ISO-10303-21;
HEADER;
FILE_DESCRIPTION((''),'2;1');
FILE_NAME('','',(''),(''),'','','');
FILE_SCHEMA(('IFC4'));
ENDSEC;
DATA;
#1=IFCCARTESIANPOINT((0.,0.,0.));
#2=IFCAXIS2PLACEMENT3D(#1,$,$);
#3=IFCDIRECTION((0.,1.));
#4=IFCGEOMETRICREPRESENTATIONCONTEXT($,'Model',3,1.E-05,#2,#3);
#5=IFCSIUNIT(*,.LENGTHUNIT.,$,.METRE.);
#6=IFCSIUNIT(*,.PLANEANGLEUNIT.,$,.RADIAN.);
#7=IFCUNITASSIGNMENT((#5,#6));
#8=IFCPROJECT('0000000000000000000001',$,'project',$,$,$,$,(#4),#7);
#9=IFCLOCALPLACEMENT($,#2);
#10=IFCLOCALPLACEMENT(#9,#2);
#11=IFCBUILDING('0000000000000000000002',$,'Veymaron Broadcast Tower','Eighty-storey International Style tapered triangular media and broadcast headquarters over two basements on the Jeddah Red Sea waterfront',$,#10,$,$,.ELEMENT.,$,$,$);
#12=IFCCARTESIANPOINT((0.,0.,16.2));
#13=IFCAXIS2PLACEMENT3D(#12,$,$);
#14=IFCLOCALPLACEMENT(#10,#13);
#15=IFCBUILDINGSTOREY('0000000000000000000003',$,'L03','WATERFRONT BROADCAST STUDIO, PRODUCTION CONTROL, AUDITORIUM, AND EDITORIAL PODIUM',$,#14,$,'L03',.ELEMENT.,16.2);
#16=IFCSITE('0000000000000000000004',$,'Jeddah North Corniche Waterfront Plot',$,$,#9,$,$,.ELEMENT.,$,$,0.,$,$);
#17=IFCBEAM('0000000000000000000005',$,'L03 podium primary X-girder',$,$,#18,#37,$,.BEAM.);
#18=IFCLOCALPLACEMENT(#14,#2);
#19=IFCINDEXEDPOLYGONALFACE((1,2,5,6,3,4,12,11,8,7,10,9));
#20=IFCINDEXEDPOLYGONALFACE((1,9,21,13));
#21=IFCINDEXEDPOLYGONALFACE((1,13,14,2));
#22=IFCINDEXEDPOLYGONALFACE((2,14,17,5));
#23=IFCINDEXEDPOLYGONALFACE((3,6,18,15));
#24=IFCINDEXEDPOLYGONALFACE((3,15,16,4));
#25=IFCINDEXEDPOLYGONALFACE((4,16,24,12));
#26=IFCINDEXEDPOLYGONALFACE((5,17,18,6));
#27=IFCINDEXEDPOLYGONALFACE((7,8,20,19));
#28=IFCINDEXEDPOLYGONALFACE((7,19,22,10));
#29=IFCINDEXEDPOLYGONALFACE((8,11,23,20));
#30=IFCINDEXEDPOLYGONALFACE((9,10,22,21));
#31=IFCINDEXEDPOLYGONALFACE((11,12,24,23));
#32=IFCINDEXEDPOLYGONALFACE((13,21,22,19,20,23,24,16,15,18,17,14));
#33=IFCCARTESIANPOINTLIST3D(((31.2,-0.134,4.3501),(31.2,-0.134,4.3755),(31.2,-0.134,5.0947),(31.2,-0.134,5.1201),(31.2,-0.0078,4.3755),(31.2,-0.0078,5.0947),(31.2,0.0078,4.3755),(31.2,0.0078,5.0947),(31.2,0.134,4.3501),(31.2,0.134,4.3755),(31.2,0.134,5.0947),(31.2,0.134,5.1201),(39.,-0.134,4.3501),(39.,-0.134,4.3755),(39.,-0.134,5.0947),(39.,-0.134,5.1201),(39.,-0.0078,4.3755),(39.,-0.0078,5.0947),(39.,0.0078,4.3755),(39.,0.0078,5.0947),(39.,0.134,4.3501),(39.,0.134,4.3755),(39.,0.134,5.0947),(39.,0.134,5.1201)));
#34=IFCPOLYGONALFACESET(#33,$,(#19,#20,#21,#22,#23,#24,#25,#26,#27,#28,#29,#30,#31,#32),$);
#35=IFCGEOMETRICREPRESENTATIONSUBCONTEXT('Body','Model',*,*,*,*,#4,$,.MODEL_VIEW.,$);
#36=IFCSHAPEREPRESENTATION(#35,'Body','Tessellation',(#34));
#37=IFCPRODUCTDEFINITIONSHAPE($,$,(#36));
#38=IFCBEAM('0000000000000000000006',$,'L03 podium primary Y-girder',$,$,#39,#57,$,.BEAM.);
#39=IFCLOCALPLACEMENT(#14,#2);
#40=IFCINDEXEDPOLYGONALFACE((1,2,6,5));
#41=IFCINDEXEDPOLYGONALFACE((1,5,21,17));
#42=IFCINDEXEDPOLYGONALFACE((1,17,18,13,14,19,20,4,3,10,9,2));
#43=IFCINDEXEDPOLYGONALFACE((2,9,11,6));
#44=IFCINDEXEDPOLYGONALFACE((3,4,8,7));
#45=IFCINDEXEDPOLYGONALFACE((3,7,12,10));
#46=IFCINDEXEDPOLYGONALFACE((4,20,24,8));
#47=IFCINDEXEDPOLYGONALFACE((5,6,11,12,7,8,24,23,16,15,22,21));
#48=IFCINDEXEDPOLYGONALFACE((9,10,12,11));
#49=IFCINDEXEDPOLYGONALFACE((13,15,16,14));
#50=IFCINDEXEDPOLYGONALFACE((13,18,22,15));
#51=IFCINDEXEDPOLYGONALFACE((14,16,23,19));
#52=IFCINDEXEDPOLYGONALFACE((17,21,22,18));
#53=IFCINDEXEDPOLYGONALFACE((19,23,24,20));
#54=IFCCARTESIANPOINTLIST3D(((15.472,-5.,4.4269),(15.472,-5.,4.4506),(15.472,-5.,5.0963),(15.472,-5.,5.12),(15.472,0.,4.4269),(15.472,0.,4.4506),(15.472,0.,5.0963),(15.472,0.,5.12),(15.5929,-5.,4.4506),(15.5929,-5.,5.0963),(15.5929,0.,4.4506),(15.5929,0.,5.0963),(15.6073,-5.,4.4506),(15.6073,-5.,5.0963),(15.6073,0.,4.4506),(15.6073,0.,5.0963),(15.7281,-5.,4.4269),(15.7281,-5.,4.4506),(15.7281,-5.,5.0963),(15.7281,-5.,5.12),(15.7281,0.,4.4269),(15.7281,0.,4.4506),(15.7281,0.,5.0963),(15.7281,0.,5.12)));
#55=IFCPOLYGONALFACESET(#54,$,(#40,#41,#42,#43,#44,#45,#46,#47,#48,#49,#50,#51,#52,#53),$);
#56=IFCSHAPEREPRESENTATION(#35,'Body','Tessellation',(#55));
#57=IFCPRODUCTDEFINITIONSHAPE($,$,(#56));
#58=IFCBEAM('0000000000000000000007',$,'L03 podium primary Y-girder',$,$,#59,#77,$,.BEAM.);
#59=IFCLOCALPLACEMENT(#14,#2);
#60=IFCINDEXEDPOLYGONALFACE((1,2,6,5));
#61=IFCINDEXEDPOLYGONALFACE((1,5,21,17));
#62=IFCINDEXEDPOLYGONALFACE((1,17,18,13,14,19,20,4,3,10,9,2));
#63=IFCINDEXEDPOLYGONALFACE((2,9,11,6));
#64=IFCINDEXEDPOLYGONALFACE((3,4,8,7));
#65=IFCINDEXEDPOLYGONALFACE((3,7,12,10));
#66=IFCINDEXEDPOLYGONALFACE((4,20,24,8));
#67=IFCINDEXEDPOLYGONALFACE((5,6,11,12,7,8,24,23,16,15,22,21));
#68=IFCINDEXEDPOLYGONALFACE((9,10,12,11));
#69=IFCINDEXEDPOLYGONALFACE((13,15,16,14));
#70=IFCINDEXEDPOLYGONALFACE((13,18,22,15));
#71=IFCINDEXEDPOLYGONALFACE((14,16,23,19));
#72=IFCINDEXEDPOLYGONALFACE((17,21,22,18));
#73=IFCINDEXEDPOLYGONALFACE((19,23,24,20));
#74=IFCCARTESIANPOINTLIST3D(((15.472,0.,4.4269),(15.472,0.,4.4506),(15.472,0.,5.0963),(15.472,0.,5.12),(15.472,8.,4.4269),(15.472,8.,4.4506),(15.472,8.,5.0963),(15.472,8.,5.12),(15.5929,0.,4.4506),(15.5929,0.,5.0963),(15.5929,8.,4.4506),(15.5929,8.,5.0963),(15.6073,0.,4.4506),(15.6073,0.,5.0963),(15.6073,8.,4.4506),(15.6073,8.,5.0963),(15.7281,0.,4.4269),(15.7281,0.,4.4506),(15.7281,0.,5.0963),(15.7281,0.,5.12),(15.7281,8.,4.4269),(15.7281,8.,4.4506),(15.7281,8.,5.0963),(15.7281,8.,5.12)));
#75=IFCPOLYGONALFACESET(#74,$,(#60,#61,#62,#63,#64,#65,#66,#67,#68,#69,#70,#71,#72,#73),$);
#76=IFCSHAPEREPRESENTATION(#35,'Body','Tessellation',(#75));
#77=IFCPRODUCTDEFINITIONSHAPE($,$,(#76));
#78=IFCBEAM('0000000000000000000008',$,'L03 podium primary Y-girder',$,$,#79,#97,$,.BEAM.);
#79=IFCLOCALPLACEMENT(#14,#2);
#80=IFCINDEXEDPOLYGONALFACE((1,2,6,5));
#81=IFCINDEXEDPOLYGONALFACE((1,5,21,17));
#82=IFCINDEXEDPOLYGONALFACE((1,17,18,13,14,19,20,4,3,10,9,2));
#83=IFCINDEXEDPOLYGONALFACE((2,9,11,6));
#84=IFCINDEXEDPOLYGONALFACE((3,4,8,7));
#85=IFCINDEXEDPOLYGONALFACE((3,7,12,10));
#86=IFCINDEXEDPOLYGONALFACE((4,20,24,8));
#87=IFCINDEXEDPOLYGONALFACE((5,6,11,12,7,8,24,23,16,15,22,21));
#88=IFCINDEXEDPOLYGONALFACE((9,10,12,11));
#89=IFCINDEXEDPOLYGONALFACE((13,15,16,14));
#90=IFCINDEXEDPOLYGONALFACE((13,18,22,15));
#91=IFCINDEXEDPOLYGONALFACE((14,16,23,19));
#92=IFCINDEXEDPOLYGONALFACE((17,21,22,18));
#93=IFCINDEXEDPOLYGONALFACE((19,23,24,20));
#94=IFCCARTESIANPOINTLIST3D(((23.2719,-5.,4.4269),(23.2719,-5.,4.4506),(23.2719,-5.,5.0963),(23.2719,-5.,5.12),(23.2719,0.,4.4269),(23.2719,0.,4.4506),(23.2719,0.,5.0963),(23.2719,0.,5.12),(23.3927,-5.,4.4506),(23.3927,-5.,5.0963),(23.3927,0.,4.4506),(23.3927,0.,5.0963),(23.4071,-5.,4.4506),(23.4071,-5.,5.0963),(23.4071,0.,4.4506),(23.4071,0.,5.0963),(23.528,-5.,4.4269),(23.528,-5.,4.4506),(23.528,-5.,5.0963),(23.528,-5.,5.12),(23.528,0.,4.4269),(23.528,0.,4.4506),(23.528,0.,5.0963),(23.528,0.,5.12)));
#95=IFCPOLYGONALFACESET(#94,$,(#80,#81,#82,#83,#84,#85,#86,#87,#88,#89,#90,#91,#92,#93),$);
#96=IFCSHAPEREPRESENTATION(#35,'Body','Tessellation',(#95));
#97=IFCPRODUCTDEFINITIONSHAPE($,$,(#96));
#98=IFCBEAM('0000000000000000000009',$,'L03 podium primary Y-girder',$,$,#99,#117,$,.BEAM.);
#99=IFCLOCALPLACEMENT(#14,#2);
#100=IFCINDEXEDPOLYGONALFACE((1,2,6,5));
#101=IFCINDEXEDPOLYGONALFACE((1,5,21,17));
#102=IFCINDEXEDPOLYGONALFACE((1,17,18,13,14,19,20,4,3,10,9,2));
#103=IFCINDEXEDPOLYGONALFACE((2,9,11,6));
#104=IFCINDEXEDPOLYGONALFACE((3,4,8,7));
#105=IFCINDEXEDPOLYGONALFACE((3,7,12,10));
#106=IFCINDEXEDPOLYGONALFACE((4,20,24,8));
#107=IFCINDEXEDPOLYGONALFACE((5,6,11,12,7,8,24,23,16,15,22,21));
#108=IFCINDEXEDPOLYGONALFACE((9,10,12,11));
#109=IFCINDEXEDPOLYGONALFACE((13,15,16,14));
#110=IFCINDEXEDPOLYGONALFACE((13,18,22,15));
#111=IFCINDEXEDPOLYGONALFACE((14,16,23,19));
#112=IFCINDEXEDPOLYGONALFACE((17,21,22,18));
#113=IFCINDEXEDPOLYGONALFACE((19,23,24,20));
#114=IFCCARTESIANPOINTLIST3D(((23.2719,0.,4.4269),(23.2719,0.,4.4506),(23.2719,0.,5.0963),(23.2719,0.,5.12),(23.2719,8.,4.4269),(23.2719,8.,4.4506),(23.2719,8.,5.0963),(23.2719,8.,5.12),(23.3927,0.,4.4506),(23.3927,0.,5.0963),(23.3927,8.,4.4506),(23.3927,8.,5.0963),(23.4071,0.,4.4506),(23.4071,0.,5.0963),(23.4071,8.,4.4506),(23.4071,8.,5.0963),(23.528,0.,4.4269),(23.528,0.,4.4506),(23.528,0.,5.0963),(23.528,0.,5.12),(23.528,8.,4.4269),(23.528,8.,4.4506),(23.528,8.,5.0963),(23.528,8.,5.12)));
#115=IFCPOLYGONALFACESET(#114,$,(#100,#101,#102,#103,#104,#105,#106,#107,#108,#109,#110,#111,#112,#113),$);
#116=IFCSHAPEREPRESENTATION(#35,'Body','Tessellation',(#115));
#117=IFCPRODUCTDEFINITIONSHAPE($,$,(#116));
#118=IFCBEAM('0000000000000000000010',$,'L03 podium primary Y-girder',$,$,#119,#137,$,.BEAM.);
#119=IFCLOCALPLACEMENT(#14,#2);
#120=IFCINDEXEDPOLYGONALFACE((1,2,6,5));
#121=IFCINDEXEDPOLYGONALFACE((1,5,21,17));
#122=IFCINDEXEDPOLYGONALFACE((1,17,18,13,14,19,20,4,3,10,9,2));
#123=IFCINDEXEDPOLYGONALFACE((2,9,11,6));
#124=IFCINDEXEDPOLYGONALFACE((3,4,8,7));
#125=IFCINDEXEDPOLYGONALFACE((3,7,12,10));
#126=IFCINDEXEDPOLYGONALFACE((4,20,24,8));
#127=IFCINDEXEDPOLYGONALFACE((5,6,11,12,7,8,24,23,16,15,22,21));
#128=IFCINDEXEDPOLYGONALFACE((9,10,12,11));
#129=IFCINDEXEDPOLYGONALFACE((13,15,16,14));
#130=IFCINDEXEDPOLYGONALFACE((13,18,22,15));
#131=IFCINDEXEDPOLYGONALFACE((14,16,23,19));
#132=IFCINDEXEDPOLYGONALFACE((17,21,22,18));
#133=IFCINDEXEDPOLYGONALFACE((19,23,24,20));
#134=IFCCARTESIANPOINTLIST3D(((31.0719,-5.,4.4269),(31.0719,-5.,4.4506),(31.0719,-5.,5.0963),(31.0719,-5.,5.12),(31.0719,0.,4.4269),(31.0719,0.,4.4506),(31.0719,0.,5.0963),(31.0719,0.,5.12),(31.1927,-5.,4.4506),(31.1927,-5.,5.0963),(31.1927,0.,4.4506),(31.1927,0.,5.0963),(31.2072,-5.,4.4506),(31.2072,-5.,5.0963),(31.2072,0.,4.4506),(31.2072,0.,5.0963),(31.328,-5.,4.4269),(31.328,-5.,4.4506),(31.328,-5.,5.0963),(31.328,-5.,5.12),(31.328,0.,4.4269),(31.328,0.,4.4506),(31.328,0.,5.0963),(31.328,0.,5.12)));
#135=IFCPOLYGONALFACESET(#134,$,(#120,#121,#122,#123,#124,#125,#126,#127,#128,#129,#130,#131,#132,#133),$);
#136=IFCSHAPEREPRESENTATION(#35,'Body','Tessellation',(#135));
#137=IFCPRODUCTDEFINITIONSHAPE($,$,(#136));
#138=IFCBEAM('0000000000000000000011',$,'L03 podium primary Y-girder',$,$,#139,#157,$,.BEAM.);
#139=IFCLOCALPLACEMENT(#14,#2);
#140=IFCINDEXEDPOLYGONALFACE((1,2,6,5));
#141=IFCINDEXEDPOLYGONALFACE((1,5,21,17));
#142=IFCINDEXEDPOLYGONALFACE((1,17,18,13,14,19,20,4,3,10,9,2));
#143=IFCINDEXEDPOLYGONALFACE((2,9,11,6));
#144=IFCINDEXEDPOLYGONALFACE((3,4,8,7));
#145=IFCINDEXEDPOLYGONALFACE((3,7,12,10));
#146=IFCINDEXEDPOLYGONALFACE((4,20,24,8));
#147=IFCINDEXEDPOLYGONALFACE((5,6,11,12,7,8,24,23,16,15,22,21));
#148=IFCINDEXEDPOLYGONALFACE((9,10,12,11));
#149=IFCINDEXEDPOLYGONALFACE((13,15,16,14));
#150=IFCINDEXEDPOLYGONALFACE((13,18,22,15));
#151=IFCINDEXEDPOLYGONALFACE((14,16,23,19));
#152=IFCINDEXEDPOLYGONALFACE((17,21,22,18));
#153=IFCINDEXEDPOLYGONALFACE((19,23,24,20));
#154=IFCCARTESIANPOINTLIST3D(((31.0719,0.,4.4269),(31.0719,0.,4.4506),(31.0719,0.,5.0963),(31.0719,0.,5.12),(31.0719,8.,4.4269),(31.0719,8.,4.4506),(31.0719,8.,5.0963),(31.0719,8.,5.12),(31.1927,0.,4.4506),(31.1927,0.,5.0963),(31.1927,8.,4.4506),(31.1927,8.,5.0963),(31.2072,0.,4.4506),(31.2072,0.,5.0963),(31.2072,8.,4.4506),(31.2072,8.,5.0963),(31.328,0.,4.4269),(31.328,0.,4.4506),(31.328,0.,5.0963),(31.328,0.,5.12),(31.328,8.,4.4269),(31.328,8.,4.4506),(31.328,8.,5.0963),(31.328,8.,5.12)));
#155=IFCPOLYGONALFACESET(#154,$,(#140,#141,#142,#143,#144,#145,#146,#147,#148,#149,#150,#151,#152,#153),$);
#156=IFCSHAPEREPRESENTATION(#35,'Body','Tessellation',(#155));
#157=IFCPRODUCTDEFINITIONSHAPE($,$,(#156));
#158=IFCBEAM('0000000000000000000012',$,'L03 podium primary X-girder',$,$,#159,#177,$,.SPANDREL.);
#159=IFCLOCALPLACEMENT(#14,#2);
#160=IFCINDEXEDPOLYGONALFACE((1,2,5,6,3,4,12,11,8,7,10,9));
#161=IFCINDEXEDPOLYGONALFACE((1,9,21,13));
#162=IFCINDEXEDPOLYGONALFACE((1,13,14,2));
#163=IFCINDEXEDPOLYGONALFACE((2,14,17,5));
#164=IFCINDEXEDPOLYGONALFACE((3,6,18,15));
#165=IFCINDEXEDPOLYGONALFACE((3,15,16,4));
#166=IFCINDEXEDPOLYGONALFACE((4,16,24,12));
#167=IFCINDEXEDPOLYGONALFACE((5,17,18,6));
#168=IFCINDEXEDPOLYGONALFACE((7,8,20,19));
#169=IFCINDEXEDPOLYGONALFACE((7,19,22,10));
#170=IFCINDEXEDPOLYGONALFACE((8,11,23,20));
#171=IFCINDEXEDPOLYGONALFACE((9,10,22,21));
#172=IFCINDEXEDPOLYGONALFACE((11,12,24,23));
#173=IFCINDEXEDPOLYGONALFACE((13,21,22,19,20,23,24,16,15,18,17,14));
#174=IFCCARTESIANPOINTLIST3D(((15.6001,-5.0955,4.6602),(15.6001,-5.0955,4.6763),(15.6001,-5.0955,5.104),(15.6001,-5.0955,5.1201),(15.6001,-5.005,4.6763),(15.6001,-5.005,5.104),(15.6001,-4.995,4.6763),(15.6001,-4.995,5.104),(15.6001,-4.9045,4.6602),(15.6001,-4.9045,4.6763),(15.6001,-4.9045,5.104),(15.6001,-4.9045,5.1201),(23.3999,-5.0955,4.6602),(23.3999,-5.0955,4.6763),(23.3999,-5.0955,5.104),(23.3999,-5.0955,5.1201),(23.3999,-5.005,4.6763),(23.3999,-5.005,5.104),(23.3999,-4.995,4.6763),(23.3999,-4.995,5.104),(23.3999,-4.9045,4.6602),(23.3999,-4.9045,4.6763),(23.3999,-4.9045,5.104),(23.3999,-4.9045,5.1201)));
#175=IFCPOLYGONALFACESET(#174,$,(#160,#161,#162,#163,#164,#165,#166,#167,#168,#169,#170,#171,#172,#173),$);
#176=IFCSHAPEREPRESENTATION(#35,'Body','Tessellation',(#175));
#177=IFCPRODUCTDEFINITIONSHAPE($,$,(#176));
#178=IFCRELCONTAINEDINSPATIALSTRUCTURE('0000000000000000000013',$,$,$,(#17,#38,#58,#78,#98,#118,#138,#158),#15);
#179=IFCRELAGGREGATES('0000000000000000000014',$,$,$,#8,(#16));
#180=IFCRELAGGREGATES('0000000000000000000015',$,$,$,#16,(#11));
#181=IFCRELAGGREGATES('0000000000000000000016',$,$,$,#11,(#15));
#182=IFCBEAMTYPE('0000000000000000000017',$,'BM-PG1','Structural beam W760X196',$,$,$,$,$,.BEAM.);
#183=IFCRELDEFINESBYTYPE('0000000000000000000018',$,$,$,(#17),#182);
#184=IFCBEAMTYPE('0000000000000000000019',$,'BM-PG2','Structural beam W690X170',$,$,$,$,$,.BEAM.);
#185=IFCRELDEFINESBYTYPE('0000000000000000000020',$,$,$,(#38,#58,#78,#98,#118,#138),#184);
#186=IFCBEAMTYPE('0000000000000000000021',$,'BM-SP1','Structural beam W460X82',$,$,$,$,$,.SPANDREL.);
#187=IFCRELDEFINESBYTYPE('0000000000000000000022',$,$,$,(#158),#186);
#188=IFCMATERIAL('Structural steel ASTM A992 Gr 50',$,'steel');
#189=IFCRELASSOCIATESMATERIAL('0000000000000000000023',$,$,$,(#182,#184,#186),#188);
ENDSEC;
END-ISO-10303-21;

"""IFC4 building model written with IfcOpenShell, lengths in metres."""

from ifc_helpers import new_model, si_unit, direction, frame, origin, origin_2d, place, context, subcontext, project, spatial, i_section, extrude, material, material_profile, profile_set, type_object, element, save


model = new_model("IFC4")

# Units and contexts
model_context = context("Model", 3, precision=1e-05, world=origin(), true_north=direction((0.0, 1.0)))
body_context = subcontext(model_context, "Body", "Model", "MODEL_VIEW")
ifc_project = project(units=[si_unit("LENGTHUNIT", "METRE"), si_unit("PLANEANGLEUNIT", "RADIAN")], contexts=[model_context])

# Site, building, storey
site_placement = place(None, origin())
site = spatial("IfcSite", under=ifc_project, at=site_placement, Name="Jeddah North Corniche Waterfront Plot", CompositionType="ELEMENT", RefElevation=0.0)
building_placement = place(site_placement, origin())
building = spatial("IfcBuilding", under=site, at=building_placement, Name="Veymaron Broadcast Tower", Description="Eighty-storey International Style tapered triangular media and broadcast headquarters over two basements on the Jeddah Red Sea waterfront", CompositionType="ELEMENT")
storey_placement = place(building_placement, frame((0.0, 0.0, 16.2)))
storey = spatial("IfcBuildingStorey", under=building, at=storey_placement, Name="L03", Description="WATERFRONT BROADCAST STUDIO, PRODUCTION CONTROL, AUDITORIUM, AND EDITORIAL PODIUM", LongName="L03", CompositionType="ELEMENT", Elevation=16.2)

# Shared definitions
ifc_material_1 = material(Name="Structural steel ASTM A992 Gr 50", Category="steel")

# Beams
ifc_material_profile_1 = material_profile(ifc_material_1, i_section(OverallWidth=0.2681, OverallDepth=0.77, WebThickness=0.0156, FlangeThickness=0.0254, at=origin_2d()), Name="W760X196")
ifc_profile_set_1 = profile_set([ifc_material_profile_1], Name="Structural steel ASTM A992 Gr 50")
beam_type_1 = type_object("IfcBeamType", Name="BM-PG1", Description="Structural beam W760X196", PredefinedType="BEAM", material=ifc_profile_set_1)
for number, where, z_axis, x_axis, name in (
    (1, (31.2, 0.0, 4.7351), (1.0, 0.0, 0.0), (0.0, 1.0, 0.0), "L03 podium primary X-girder"),
):
    element("IfcBeam", number, at=place(storey_placement, frame(where, z_axis=z_axis, x_axis=x_axis)), inside=storey, type_object=beam_type_1, Name=name, PredefinedType="BEAM", context=body_context, shape_type="SweptSolid", body=[
        extrude(i_section(OverallWidth=0.2681, OverallDepth=0.77, WebThickness=0.0156, FlangeThickness=0.0254, at=origin_2d()), origin(), (0.0, 0.0, 1.0), 7.8),
    ])
ifc_material_profile_2 = material_profile(ifc_material_1, i_section(OverallWidth=0.2561, OverallDepth=0.6931, WebThickness=0.0144, FlangeThickness=0.0237, at=origin_2d()), Name="W690X170")
ifc_profile_set_2 = profile_set([ifc_material_profile_2], Name="Structural steel ASTM A992 Gr 50")
beam_type_2 = type_object("IfcBeamType", Name="BM-PG2", Description="Structural beam W690X170", PredefinedType="BEAM", material=ifc_profile_set_2)
beam_1_placement = place(storey_placement, frame((15.6001, -5.0, 4.7734), z_axis=(0.0, 1.0, 0.0), x_axis=(-1.0, 0.0, 0.0)))
element("IfcBeam", 2, at=beam_1_placement, inside=storey, type_object=beam_type_2, Name="L03 podium primary Y-girder", PredefinedType="BEAM", context=body_context, shape_type="SweptSolid", body=[
    extrude(i_section(OverallWidth=0.2561, OverallDepth=0.6931, WebThickness=0.0144, FlangeThickness=0.0237, at=origin_2d()), origin(), (0.0, 0.0, 1.0), 5.0),
])
beam_2_placement = place(storey_placement, frame((15.6001, 0.0, 4.7734), z_axis=(0.0, 1.0, 0.0), x_axis=(-1.0, 0.0, 0.0)))
element("IfcBeam", 3, at=beam_2_placement, inside=storey, type_object=beam_type_2, Name="L03 podium primary Y-girder", PredefinedType="BEAM", context=body_context, shape_type="SweptSolid", body=[
    extrude(i_section(OverallWidth=0.2561, OverallDepth=0.6931, WebThickness=0.0144, FlangeThickness=0.0237, at=origin_2d()), origin(), (0.0, 0.0, 1.0), 8.0),
])
beam_3_placement = place(storey_placement, frame((23.3999, -5.0, 4.7734), z_axis=(0.0, 1.0, 0.0), x_axis=(-1.0, 0.0, 0.0)))
element("IfcBeam", 4, at=beam_3_placement, inside=storey, type_object=beam_type_2, Name="L03 podium primary Y-girder", PredefinedType="BEAM", context=body_context, shape_type="SweptSolid", body=[
    extrude(i_section(OverallWidth=0.2561, OverallDepth=0.6931, WebThickness=0.0144, FlangeThickness=0.0237, at=origin_2d()), origin(), (0.0, 0.0, 1.0), 5.0),
])
beam_4_placement = place(storey_placement, frame((23.3999, 0.0, 4.7734), z_axis=(0.0, 1.0, 0.0), x_axis=(-1.0, 0.0, 0.0)))
element("IfcBeam", 5, at=beam_4_placement, inside=storey, type_object=beam_type_2, Name="L03 podium primary Y-girder", PredefinedType="BEAM", context=body_context, shape_type="SweptSolid", body=[
    extrude(i_section(OverallWidth=0.2561, OverallDepth=0.6931, WebThickness=0.0144, FlangeThickness=0.0237, at=origin_2d()), origin(), (0.0, 0.0, 1.0), 8.0),
])
beam_5_placement = place(storey_placement, frame((31.2, -5.0, 4.7734), z_axis=(0.0, 1.0, 0.0), x_axis=(-1.0, 0.0, 0.0)))
element("IfcBeam", 6, at=beam_5_placement, inside=storey, type_object=beam_type_2, Name="L03 podium primary Y-girder", PredefinedType="BEAM", context=body_context, shape_type="SweptSolid", body=[
    extrude(i_section(OverallWidth=0.2561, OverallDepth=0.6931, WebThickness=0.0144, FlangeThickness=0.0237, at=origin_2d()), origin(), (0.0, 0.0, 1.0), 5.0),
])
beam_6_placement = place(storey_placement, frame((31.2, 0.0, 4.7734), z_axis=(0.0, 1.0, 0.0), x_axis=(-1.0, 0.0, 0.0)))
element("IfcBeam", 7, at=beam_6_placement, inside=storey, type_object=beam_type_2, Name="L03 podium primary Y-girder", PredefinedType="BEAM", context=body_context, shape_type="SweptSolid", body=[
    extrude(i_section(OverallWidth=0.2561, OverallDepth=0.6931, WebThickness=0.0144, FlangeThickness=0.0237, at=origin_2d()), origin(), (0.0, 0.0, 1.0), 8.0),
])
ifc_material_profile_3 = material_profile(ifc_material_1, i_section(OverallWidth=0.1909, OverallDepth=0.46, WebThickness=0.01, FlangeThickness=0.0161, at=origin_2d()), Name="W460X82")
ifc_profile_set_3 = profile_set([ifc_material_profile_3], Name="Structural steel ASTM A992 Gr 50")
beam_type_3 = type_object("IfcBeamType", Name="BM-SP1", Description="Structural beam W460X82", PredefinedType="SPANDREL", material=ifc_profile_set_3)
beam_7_placement = place(storey_placement, frame((15.6001, -5.0, 4.8901), z_axis=(1.0, 0.0, 0.0), x_axis=(0.0, 1.0, 0.0)))
element("IfcBeam", 8, at=beam_7_placement, inside=storey, type_object=beam_type_3, Name="L03 podium primary X-girder", PredefinedType="SPANDREL", context=body_context, shape_type="SweptSolid", body=[
    extrude(i_section(OverallWidth=0.1909, OverallDepth=0.46, WebThickness=0.01, FlangeThickness=0.0161, at=origin_2d()), origin(), (0.0, 0.0, 1.0), 7.7998),
])

save(model, "model.ifc")
